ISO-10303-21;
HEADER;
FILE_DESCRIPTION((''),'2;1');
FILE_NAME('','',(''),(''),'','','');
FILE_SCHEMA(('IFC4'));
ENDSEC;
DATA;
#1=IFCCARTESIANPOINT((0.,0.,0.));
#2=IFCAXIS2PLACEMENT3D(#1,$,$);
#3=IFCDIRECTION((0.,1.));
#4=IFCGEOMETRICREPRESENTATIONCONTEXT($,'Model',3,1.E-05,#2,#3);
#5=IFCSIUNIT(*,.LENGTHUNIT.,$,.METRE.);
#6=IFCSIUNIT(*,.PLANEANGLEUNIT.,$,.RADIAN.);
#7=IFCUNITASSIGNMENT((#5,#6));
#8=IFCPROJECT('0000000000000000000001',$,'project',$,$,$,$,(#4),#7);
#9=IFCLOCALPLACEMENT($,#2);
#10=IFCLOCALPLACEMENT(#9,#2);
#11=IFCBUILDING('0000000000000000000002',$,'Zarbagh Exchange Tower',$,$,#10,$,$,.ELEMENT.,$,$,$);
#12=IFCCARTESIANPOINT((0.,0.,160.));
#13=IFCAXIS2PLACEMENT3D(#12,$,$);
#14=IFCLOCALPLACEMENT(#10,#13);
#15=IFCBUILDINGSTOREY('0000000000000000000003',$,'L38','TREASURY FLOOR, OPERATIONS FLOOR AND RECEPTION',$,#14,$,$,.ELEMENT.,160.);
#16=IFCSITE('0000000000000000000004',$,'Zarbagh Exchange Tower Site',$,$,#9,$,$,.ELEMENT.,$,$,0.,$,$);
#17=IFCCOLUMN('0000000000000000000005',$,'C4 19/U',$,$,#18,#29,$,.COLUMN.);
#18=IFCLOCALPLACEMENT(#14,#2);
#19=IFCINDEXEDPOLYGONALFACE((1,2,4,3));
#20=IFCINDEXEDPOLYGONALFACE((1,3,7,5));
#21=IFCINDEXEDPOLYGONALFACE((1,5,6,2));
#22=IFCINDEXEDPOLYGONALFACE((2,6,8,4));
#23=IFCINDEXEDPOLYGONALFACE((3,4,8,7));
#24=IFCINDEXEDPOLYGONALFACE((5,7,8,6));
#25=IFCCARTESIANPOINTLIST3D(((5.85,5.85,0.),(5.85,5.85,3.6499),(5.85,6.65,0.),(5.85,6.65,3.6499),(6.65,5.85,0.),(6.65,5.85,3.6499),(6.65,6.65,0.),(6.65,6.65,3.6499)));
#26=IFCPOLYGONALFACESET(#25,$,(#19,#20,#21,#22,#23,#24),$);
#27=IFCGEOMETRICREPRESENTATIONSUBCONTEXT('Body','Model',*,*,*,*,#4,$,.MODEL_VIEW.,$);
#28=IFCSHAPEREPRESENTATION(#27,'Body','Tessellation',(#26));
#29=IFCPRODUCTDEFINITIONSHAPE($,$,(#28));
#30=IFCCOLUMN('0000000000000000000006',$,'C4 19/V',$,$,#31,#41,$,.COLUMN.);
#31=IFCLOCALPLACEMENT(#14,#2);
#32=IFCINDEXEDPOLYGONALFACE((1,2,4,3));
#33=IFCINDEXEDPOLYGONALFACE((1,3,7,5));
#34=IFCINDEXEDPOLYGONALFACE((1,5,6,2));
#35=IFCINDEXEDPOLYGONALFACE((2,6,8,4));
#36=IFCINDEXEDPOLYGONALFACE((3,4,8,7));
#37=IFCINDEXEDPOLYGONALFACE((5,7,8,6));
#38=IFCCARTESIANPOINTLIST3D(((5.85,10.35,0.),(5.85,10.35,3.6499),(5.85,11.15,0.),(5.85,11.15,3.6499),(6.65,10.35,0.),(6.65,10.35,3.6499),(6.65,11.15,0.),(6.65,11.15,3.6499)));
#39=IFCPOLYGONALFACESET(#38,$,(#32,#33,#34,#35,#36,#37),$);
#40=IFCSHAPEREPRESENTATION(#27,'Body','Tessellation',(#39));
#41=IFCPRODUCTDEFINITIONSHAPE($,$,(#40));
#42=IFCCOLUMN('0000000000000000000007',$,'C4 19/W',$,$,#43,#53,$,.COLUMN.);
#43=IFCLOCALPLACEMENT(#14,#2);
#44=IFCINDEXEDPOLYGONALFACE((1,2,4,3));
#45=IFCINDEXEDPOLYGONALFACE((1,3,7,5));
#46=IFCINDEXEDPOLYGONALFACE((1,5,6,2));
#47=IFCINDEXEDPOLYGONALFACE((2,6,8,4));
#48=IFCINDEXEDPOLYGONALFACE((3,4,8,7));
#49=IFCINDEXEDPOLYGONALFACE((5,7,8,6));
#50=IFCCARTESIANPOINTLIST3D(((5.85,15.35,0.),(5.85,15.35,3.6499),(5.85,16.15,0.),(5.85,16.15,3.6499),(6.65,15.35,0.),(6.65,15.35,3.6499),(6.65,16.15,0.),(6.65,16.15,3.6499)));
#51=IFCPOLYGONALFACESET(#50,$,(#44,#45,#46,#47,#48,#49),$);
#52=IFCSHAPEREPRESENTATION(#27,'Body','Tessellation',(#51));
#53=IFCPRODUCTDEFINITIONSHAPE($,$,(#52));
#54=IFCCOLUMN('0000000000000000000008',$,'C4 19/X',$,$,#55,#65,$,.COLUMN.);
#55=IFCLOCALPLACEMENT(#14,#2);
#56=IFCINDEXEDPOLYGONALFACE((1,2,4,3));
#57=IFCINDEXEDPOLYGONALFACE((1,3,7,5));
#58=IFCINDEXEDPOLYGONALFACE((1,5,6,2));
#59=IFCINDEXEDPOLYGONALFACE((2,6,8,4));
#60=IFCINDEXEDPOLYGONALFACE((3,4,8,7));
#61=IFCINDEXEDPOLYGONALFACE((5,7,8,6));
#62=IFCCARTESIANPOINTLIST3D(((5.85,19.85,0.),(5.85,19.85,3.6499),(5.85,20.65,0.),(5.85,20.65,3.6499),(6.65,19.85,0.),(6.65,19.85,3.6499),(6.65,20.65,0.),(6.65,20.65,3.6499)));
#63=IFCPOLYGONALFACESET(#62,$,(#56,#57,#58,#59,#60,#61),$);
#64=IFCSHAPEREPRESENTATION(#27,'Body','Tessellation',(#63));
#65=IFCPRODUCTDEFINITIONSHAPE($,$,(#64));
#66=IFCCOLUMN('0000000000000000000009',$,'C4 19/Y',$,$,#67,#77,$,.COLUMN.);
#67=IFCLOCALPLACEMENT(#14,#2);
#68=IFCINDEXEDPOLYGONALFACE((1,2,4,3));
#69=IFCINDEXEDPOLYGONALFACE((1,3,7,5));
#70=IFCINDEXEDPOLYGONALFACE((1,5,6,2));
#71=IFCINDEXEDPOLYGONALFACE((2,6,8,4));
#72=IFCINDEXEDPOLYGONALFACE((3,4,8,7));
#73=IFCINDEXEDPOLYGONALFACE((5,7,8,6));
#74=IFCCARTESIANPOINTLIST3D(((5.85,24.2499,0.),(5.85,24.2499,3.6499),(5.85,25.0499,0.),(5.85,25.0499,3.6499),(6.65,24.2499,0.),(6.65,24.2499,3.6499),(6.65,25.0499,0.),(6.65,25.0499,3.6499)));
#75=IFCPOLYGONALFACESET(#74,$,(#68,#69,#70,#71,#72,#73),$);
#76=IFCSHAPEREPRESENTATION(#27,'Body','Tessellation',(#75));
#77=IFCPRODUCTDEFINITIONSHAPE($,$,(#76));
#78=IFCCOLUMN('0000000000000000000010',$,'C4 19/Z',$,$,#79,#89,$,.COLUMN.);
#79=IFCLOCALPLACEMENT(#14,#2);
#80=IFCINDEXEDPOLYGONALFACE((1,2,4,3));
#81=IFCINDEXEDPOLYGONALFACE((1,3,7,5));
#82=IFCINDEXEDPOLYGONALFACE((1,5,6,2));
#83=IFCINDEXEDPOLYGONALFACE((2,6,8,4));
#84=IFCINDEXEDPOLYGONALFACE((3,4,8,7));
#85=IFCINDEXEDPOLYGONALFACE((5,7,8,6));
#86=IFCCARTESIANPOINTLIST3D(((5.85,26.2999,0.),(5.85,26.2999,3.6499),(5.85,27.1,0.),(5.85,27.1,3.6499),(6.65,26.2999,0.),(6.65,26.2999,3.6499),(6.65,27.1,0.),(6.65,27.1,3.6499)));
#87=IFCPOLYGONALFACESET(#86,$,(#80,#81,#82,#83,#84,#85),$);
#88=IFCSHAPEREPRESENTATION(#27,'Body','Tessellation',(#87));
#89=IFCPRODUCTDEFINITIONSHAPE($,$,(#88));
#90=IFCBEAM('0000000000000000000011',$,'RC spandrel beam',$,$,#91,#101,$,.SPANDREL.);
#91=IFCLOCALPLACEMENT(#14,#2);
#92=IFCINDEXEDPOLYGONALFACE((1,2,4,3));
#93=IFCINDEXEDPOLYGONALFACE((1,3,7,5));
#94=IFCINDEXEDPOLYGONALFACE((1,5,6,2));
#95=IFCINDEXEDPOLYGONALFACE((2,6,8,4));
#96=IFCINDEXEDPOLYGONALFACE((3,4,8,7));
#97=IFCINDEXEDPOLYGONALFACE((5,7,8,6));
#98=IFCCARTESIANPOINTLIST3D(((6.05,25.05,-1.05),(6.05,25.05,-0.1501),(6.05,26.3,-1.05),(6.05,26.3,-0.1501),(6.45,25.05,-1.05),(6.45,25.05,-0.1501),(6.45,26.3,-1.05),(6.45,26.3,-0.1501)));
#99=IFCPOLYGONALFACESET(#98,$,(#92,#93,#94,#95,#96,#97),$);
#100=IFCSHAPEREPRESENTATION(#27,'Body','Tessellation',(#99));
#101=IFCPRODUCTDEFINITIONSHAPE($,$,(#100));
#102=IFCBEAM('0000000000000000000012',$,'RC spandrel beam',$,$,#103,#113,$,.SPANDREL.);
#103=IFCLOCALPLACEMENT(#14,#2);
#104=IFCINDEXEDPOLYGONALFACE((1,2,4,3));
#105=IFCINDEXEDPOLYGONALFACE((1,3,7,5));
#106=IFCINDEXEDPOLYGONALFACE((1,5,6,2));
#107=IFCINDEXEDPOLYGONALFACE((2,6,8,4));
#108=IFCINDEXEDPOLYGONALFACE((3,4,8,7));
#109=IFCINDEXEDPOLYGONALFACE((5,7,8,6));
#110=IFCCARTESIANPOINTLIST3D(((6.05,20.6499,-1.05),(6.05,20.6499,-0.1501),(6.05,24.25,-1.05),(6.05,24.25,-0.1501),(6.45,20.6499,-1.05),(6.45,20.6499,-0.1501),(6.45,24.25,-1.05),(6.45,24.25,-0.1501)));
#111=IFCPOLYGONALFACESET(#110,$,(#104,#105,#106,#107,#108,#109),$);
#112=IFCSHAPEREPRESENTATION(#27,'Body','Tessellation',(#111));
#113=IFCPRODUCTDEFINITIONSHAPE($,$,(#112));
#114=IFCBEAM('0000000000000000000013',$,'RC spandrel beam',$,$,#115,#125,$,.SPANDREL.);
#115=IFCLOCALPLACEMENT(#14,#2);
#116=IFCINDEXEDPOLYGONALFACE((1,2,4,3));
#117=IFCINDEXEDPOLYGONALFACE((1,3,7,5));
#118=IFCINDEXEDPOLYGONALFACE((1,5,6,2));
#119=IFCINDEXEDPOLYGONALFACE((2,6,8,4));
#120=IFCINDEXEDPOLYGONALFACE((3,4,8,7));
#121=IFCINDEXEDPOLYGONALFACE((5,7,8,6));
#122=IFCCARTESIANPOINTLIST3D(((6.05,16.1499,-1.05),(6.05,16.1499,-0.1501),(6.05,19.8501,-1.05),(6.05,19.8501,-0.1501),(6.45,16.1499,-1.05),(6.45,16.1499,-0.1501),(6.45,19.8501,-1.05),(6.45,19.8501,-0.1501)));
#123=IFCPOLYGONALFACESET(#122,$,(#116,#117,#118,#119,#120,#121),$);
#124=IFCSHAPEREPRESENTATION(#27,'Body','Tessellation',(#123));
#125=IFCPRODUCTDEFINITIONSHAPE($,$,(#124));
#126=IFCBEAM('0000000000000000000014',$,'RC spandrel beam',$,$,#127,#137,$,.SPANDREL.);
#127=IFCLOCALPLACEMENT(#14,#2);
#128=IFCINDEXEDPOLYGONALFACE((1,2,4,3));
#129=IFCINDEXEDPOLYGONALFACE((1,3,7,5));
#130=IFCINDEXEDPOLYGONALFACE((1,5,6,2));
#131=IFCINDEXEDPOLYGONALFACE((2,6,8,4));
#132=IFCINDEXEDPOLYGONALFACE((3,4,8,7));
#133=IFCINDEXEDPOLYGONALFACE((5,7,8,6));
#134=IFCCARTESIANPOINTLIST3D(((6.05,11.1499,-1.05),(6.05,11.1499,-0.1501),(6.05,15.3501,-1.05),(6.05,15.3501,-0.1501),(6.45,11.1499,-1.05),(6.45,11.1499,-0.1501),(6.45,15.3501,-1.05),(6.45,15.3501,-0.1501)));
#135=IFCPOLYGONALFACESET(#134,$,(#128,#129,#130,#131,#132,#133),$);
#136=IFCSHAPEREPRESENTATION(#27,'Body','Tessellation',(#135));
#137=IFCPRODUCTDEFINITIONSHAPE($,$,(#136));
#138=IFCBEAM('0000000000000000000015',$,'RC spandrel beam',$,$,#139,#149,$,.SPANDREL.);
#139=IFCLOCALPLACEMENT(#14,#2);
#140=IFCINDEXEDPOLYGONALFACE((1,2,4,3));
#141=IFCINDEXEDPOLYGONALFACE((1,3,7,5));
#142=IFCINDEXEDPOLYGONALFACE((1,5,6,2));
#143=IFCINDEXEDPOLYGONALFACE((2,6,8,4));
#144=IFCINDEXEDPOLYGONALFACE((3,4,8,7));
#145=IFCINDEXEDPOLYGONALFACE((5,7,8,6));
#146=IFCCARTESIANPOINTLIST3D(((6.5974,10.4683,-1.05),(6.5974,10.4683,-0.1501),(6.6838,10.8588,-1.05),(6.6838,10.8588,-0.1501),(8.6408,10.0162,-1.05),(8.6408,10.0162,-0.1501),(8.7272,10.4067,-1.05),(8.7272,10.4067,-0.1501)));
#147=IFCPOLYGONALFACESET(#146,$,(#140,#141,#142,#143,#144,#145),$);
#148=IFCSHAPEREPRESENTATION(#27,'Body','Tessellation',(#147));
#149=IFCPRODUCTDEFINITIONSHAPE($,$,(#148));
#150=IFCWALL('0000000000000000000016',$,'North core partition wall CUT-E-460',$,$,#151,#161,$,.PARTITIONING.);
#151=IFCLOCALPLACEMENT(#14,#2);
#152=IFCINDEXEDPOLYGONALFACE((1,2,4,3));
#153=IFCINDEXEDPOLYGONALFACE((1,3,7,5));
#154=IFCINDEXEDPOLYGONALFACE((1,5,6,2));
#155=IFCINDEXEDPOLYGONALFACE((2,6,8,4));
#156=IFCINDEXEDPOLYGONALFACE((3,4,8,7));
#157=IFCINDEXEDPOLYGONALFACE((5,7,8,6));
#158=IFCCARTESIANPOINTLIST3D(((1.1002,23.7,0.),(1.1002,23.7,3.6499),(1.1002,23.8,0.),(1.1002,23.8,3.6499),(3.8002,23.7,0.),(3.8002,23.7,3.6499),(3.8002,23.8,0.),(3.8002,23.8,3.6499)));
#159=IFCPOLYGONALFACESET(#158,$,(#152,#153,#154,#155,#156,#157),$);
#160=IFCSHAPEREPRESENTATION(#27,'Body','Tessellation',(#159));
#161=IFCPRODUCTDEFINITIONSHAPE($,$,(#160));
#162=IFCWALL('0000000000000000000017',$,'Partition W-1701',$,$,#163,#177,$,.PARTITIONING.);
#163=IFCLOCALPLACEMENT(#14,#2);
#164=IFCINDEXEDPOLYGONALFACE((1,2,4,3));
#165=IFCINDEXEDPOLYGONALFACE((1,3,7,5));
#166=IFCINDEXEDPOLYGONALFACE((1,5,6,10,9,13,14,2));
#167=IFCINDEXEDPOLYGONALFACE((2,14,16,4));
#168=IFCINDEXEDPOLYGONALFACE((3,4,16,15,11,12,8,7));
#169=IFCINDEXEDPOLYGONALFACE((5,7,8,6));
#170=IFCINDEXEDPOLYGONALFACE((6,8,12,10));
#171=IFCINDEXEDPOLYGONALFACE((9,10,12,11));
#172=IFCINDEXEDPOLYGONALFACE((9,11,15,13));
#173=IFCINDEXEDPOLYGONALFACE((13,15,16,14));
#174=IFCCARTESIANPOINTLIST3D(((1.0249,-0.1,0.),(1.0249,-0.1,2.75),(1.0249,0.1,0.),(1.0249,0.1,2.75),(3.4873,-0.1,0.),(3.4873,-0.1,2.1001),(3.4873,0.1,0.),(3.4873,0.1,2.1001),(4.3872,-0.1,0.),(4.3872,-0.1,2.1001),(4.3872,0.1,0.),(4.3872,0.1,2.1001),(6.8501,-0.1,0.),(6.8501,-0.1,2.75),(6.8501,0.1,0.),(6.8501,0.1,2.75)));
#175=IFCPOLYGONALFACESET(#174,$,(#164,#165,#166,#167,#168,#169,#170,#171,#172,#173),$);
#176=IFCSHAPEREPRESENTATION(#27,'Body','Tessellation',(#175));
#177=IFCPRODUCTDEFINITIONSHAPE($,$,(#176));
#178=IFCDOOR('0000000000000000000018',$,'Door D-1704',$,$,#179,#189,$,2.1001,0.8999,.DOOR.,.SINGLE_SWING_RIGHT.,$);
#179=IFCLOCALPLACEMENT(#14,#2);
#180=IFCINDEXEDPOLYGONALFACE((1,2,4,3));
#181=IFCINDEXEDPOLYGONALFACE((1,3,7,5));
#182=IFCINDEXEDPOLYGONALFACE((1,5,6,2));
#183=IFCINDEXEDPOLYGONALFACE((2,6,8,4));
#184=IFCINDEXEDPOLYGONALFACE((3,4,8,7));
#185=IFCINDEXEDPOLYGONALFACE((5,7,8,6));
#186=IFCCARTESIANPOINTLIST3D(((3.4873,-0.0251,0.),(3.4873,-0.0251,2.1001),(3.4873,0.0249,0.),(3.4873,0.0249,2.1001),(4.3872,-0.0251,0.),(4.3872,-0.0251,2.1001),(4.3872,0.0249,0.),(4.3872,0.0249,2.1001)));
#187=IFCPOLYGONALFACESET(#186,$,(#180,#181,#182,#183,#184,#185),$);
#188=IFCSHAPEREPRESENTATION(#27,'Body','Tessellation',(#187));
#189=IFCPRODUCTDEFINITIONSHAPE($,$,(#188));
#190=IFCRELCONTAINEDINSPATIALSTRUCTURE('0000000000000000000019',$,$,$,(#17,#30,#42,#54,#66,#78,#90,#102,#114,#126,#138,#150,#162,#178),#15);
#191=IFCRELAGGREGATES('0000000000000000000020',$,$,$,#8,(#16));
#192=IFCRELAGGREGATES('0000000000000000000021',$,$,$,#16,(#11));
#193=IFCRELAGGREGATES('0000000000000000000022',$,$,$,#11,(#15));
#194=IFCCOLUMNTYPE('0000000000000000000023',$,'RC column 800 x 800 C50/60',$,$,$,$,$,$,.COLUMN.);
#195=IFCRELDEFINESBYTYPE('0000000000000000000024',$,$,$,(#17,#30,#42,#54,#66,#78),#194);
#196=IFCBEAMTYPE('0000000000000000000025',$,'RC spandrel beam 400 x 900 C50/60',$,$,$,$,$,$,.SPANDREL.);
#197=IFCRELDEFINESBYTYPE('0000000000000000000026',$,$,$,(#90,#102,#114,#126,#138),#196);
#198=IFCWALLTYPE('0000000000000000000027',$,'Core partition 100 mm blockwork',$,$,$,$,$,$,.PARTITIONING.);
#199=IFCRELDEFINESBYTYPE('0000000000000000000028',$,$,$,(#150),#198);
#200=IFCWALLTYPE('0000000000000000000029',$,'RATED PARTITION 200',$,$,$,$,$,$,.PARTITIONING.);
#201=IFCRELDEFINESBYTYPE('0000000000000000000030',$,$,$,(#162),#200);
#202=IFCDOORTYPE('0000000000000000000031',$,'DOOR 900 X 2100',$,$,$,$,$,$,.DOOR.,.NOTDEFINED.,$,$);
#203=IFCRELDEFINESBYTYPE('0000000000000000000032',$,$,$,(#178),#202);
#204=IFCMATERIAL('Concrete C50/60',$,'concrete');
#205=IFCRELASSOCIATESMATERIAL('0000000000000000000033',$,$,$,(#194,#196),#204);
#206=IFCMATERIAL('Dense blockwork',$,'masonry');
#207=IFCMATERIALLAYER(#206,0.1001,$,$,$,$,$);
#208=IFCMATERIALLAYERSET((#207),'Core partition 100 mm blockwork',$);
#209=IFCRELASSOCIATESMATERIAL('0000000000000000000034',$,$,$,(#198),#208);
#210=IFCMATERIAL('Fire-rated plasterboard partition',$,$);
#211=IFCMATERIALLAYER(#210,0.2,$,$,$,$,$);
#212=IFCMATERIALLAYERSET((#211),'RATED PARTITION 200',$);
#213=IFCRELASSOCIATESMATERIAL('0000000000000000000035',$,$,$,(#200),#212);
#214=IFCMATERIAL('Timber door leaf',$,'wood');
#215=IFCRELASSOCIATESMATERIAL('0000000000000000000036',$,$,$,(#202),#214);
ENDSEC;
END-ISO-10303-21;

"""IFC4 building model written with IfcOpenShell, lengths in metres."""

from ifc_helpers import new_model, si_unit, direction, frame, frame_2d, origin, origin_2d, place, context, subcontext, project, spatial, rectangle, extrude, material, layer, layer_set, material_profile, profile_set, type_object, element, fill, save


model = new_model("IFC4")

# Units and contexts
model_context = context("Model", 3, precision=1e-05, world=origin(), true_north=direction((0.0, 1.0)))
body_context = subcontext(model_context, "Body", "Model", "MODEL_VIEW")
ifc_project = project(units=[si_unit("LENGTHUNIT", "METRE"), si_unit("PLANEANGLEUNIT", "RADIAN")], contexts=[model_context])

# Site, building, storey
site_placement = place(None, origin())
site = spatial("IfcSite", under=ifc_project, at=site_placement, Name="Zarbagh Exchange Tower Site", CompositionType="ELEMENT", RefElevation=0.0)
building_placement = place(site_placement, origin())
building = spatial("IfcBuilding", under=site, at=building_placement, Name="Zarbagh Exchange Tower", CompositionType="ELEMENT")
storey_placement = place(building_placement, frame((0.0, 0.0, 160.0)))
storey = spatial("IfcBuildingStorey", under=building, at=storey_placement, Name="L38", Description="TREASURY FLOOR, OPERATIONS FLOOR AND RECEPTION", CompositionType="ELEMENT", Elevation=160.0)

# Columns
ifc_material_1 = material(Name="Concrete C50/60", Category="concrete")
ifc_material_profile_1 = material_profile(ifc_material_1, rectangle(XDim=0.8, YDim=0.8, at=origin_2d()), Name="RC column 800 x 800 C50/60")
ifc_profile_set_1 = profile_set([ifc_material_profile_1], Name="Concrete C50/60")
column_type = type_object("IfcColumnType", Name="RC column 800 x 800 C50/60", PredefinedType="COLUMN", material=ifc_profile_set_1)
for number, where, z_axis, x_axis, name in (
    (1, (6.25, 6.25, 0.0), (0.0, 0.0, 1.0), (1.0, 0.0, 0.0), "C4 19/U"),
    (2, (6.25, 10.75, 0.0), (0.0, 0.0, 1.0), (1.0, 0.0, 0.0), "C4 19/V"),
    (3, (6.25, 15.75, 0.0), (0.0, 0.0, 1.0), (1.0, 0.0, 0.0), "C4 19/W"),
    (4, (6.25, 20.25, 0.0), (0.0, 0.0, 1.0), (1.0, 0.0, 0.0), "C4 19/X"),
    (5, (6.25, 24.6499, 0.0), (0.0, 0.0, 1.0), (1.0, 0.0, 0.0), "C4 19/Y"),
    (6, (6.25, 26.7, 0.0), (0.0, 0.0, 1.0), (1.0, 0.0, 0.0), "C4 19/Z"),
):
    element("IfcColumn", number, at=place(storey_placement, frame(where, z_axis=z_axis, x_axis=x_axis)), inside=storey, type_object=column_type, Name=name, PredefinedType="COLUMN", context=body_context, shape_type="SweptSolid", body=[
        extrude(rectangle(XDim=0.8, YDim=0.8, at=origin_2d()), origin(), (0.0, 0.0, 1.0), 3.6499),
    ])

# Beams
ifc_material_profile_2 = material_profile(ifc_material_1, rectangle(XDim=0.3999, YDim=0.8999, at=origin_2d()), Name="RC spandrel beam 400 x 900 C50/60")
ifc_profile_set_2 = profile_set([ifc_material_profile_2], Name="Concrete C50/60")
beam_type = type_object("IfcBeamType", Name="RC spandrel beam 400 x 900 C50/60", PredefinedType="SPANDREL", material=ifc_profile_set_2)
beam_1_placement = place(storey_placement, frame((6.25, 26.3, -0.6001), z_axis=(0.0, -1.0, 0.0), x_axis=(1.0, 0.0, 0.0)))
element("IfcBeam", 7, at=beam_1_placement, inside=storey, type_object=beam_type, Name="RC spandrel beam", PredefinedType="SPANDREL", context=body_context, shape_type="SweptSolid", body=[
    extrude(rectangle(XDim=0.3999, YDim=0.8999, at=origin_2d()), origin(), (0.0, 0.0, 1.0), 1.25),
])
beam_2_placement = place(storey_placement, frame((6.25, 24.25, -0.6001), z_axis=(0.0, -1.0, 0.0), x_axis=(1.0, 0.0, 0.0)))
element("IfcBeam", 8, at=beam_2_placement, inside=storey, type_object=beam_type, Name="RC spandrel beam", PredefinedType="SPANDREL", context=body_context, shape_type="SweptSolid", body=[
    extrude(rectangle(XDim=0.3999, YDim=0.8999, at=origin_2d()), origin(), (0.0, 0.0, 1.0), 3.6001),
])
beam_3_placement = place(storey_placement, frame((6.25, 19.8501, -0.6001), z_axis=(0.0, -1.0, 0.0), x_axis=(1.0, 0.0, 0.0)))
element("IfcBeam", 9, at=beam_3_placement, inside=storey, type_object=beam_type, Name="RC spandrel beam", PredefinedType="SPANDREL", context=body_context, shape_type="SweptSolid", body=[
    extrude(rectangle(XDim=0.3999, YDim=0.8999, at=origin_2d()), origin(), (0.0, 0.0, 1.0), 3.7002),
])
beam_4_placement = place(storey_placement, frame((6.25, 15.3501, -0.6001), z_axis=(0.0, -1.0, 0.0), x_axis=(1.0, 0.0, 0.0)))
element("IfcBeam", 10, at=beam_4_placement, inside=storey, type_object=beam_type, Name="RC spandrel beam", PredefinedType="SPANDREL", context=body_context, shape_type="SweptSolid", body=[
    extrude(rectangle(XDim=0.3999, YDim=0.8999, at=origin_2d()), origin(), (0.0, 0.0, 1.0), 4.2002),
])
beam_5_placement = place(storey_placement, frame((6.6406, 10.6636, -0.6001), z_axis=(0.976384, -0.216041, 0.0), x_axis=(0.216041, 0.976384, 0.0)))
element("IfcBeam", 11, at=beam_5_placement, inside=storey, type_object=beam_type, Name="RC spandrel beam", PredefinedType="SPANDREL", context=body_context, shape_type="SweptSolid", body=[
    extrude(rectangle(XDim=0.3999, YDim=0.8999, at=origin_2d()), origin(), (0.0, 0.0, 1.0), 2.0928),
])

# Wall
ifc_material_2 = material(Name="Dense blockwork", Category="masonry")
ifc_layer_1 = layer(ifc_material_2, 0.1001)
ifc_layer_set_1 = layer_set([ifc_layer_1], Name="Core partition 100 mm blockwork")
wall_type_1 = type_object("IfcWallType", Name="Core partition 100 mm blockwork", PredefinedType="PARTITIONING", material=ifc_layer_set_1)
wall_1_placement = place(storey_placement, frame((1.1001, 23.75, 0.0), z_axis=(0.0, 0.0, 1.0), x_axis=(1.0, 0.0, 0.0)))
element("IfcWall", 12, at=wall_1_placement, inside=storey, type_object=wall_type_1, Name="North core partition wall CUT-E-460", PredefinedType="PARTITIONING", context=body_context, shape_type="SweptSolid", body=[
    extrude(rectangle(XDim=2.7, YDim=0.1001, at=frame_2d((1.3501, 0.0))), origin(), (0.0, 0.0, 1.0), 3.6499),
])

# Wall, opening, door
ifc_material_3 = material(Name="Fire-rated plasterboard partition")
ifc_layer_2 = layer(ifc_material_3, 0.2)
ifc_layer_set_2 = layer_set([ifc_layer_2], Name="RATED PARTITION 200")
wall_type_2 = type_object("IfcWallType", Name="RATED PARTITION 200", PredefinedType="PARTITIONING", material=ifc_layer_set_2)
wall_2_placement = place(storey_placement, frame((1.0249, 0.0, 0.0), z_axis=(0.0, 0.0, 1.0), x_axis=(1.0, 0.0, 0.0)))
wall_2 = element("IfcWall", 13, at=wall_2_placement, inside=storey, type_object=wall_type_2, Name="Partition W-1701", PredefinedType="PARTITIONING", context=body_context, shape_type="SweptSolid", body=[
    extrude(rectangle(XDim=5.8252, YDim=0.2, at=frame_2d((2.9126, 0.0))), origin(), (0.0, 0.0, 1.0), 2.75),
])
opening_1_placement = place(wall_2_placement, frame((2.4624, 0.0, 0.0)))
opening_1 = element("IfcOpeningElement", 14, at=opening_1_placement, cuts=wall_2, PredefinedType="OPENING", context=body_context, shape_type="SweptSolid", body=[
    extrude(rectangle(XDim=0.8999, YDim=2.1001, at=frame_2d((0.45, 1.05))), frame((0.0, 0.1099, 0.0), z_axis=(0.0, -1.0, 0.0), x_axis=(1.0, 0.0, 0.0)), (0.0, 0.0, 1.0), 0.22),
])
ifc_material_4 = material(Name="Timber door leaf", Category="wood")
door_type_1 = type_object("IfcDoorType", Name="DOOR 900 X 2100", OperationType="NOTDEFINED", PredefinedType="DOOR", material=ifc_material_4)
door_1_placement = place(opening_1_placement, origin())
door_1 = element("IfcDoor", 15, at=door_1_placement, inside=storey, type_object=door_type_1, Name="Door D-1704", OperationType="SINGLE_SWING_RIGHT", OverallHeight=2.1001, OverallWidth=0.8999, PredefinedType="DOOR", context=body_context, shape_type="SweptSolid", body=[
    extrude(rectangle(XDim=0.8999, YDim=2.1001, at=frame_2d((0.45, 1.05))), frame((0.0, 0.0249, 0.0), z_axis=(0.0, -1.0, 0.0), x_axis=(1.0, 0.0, 0.0)), (0.0, 0.0, 1.0), 0.05),
])
fill(opening_1, door_1)

save(model, "model.ifc")
